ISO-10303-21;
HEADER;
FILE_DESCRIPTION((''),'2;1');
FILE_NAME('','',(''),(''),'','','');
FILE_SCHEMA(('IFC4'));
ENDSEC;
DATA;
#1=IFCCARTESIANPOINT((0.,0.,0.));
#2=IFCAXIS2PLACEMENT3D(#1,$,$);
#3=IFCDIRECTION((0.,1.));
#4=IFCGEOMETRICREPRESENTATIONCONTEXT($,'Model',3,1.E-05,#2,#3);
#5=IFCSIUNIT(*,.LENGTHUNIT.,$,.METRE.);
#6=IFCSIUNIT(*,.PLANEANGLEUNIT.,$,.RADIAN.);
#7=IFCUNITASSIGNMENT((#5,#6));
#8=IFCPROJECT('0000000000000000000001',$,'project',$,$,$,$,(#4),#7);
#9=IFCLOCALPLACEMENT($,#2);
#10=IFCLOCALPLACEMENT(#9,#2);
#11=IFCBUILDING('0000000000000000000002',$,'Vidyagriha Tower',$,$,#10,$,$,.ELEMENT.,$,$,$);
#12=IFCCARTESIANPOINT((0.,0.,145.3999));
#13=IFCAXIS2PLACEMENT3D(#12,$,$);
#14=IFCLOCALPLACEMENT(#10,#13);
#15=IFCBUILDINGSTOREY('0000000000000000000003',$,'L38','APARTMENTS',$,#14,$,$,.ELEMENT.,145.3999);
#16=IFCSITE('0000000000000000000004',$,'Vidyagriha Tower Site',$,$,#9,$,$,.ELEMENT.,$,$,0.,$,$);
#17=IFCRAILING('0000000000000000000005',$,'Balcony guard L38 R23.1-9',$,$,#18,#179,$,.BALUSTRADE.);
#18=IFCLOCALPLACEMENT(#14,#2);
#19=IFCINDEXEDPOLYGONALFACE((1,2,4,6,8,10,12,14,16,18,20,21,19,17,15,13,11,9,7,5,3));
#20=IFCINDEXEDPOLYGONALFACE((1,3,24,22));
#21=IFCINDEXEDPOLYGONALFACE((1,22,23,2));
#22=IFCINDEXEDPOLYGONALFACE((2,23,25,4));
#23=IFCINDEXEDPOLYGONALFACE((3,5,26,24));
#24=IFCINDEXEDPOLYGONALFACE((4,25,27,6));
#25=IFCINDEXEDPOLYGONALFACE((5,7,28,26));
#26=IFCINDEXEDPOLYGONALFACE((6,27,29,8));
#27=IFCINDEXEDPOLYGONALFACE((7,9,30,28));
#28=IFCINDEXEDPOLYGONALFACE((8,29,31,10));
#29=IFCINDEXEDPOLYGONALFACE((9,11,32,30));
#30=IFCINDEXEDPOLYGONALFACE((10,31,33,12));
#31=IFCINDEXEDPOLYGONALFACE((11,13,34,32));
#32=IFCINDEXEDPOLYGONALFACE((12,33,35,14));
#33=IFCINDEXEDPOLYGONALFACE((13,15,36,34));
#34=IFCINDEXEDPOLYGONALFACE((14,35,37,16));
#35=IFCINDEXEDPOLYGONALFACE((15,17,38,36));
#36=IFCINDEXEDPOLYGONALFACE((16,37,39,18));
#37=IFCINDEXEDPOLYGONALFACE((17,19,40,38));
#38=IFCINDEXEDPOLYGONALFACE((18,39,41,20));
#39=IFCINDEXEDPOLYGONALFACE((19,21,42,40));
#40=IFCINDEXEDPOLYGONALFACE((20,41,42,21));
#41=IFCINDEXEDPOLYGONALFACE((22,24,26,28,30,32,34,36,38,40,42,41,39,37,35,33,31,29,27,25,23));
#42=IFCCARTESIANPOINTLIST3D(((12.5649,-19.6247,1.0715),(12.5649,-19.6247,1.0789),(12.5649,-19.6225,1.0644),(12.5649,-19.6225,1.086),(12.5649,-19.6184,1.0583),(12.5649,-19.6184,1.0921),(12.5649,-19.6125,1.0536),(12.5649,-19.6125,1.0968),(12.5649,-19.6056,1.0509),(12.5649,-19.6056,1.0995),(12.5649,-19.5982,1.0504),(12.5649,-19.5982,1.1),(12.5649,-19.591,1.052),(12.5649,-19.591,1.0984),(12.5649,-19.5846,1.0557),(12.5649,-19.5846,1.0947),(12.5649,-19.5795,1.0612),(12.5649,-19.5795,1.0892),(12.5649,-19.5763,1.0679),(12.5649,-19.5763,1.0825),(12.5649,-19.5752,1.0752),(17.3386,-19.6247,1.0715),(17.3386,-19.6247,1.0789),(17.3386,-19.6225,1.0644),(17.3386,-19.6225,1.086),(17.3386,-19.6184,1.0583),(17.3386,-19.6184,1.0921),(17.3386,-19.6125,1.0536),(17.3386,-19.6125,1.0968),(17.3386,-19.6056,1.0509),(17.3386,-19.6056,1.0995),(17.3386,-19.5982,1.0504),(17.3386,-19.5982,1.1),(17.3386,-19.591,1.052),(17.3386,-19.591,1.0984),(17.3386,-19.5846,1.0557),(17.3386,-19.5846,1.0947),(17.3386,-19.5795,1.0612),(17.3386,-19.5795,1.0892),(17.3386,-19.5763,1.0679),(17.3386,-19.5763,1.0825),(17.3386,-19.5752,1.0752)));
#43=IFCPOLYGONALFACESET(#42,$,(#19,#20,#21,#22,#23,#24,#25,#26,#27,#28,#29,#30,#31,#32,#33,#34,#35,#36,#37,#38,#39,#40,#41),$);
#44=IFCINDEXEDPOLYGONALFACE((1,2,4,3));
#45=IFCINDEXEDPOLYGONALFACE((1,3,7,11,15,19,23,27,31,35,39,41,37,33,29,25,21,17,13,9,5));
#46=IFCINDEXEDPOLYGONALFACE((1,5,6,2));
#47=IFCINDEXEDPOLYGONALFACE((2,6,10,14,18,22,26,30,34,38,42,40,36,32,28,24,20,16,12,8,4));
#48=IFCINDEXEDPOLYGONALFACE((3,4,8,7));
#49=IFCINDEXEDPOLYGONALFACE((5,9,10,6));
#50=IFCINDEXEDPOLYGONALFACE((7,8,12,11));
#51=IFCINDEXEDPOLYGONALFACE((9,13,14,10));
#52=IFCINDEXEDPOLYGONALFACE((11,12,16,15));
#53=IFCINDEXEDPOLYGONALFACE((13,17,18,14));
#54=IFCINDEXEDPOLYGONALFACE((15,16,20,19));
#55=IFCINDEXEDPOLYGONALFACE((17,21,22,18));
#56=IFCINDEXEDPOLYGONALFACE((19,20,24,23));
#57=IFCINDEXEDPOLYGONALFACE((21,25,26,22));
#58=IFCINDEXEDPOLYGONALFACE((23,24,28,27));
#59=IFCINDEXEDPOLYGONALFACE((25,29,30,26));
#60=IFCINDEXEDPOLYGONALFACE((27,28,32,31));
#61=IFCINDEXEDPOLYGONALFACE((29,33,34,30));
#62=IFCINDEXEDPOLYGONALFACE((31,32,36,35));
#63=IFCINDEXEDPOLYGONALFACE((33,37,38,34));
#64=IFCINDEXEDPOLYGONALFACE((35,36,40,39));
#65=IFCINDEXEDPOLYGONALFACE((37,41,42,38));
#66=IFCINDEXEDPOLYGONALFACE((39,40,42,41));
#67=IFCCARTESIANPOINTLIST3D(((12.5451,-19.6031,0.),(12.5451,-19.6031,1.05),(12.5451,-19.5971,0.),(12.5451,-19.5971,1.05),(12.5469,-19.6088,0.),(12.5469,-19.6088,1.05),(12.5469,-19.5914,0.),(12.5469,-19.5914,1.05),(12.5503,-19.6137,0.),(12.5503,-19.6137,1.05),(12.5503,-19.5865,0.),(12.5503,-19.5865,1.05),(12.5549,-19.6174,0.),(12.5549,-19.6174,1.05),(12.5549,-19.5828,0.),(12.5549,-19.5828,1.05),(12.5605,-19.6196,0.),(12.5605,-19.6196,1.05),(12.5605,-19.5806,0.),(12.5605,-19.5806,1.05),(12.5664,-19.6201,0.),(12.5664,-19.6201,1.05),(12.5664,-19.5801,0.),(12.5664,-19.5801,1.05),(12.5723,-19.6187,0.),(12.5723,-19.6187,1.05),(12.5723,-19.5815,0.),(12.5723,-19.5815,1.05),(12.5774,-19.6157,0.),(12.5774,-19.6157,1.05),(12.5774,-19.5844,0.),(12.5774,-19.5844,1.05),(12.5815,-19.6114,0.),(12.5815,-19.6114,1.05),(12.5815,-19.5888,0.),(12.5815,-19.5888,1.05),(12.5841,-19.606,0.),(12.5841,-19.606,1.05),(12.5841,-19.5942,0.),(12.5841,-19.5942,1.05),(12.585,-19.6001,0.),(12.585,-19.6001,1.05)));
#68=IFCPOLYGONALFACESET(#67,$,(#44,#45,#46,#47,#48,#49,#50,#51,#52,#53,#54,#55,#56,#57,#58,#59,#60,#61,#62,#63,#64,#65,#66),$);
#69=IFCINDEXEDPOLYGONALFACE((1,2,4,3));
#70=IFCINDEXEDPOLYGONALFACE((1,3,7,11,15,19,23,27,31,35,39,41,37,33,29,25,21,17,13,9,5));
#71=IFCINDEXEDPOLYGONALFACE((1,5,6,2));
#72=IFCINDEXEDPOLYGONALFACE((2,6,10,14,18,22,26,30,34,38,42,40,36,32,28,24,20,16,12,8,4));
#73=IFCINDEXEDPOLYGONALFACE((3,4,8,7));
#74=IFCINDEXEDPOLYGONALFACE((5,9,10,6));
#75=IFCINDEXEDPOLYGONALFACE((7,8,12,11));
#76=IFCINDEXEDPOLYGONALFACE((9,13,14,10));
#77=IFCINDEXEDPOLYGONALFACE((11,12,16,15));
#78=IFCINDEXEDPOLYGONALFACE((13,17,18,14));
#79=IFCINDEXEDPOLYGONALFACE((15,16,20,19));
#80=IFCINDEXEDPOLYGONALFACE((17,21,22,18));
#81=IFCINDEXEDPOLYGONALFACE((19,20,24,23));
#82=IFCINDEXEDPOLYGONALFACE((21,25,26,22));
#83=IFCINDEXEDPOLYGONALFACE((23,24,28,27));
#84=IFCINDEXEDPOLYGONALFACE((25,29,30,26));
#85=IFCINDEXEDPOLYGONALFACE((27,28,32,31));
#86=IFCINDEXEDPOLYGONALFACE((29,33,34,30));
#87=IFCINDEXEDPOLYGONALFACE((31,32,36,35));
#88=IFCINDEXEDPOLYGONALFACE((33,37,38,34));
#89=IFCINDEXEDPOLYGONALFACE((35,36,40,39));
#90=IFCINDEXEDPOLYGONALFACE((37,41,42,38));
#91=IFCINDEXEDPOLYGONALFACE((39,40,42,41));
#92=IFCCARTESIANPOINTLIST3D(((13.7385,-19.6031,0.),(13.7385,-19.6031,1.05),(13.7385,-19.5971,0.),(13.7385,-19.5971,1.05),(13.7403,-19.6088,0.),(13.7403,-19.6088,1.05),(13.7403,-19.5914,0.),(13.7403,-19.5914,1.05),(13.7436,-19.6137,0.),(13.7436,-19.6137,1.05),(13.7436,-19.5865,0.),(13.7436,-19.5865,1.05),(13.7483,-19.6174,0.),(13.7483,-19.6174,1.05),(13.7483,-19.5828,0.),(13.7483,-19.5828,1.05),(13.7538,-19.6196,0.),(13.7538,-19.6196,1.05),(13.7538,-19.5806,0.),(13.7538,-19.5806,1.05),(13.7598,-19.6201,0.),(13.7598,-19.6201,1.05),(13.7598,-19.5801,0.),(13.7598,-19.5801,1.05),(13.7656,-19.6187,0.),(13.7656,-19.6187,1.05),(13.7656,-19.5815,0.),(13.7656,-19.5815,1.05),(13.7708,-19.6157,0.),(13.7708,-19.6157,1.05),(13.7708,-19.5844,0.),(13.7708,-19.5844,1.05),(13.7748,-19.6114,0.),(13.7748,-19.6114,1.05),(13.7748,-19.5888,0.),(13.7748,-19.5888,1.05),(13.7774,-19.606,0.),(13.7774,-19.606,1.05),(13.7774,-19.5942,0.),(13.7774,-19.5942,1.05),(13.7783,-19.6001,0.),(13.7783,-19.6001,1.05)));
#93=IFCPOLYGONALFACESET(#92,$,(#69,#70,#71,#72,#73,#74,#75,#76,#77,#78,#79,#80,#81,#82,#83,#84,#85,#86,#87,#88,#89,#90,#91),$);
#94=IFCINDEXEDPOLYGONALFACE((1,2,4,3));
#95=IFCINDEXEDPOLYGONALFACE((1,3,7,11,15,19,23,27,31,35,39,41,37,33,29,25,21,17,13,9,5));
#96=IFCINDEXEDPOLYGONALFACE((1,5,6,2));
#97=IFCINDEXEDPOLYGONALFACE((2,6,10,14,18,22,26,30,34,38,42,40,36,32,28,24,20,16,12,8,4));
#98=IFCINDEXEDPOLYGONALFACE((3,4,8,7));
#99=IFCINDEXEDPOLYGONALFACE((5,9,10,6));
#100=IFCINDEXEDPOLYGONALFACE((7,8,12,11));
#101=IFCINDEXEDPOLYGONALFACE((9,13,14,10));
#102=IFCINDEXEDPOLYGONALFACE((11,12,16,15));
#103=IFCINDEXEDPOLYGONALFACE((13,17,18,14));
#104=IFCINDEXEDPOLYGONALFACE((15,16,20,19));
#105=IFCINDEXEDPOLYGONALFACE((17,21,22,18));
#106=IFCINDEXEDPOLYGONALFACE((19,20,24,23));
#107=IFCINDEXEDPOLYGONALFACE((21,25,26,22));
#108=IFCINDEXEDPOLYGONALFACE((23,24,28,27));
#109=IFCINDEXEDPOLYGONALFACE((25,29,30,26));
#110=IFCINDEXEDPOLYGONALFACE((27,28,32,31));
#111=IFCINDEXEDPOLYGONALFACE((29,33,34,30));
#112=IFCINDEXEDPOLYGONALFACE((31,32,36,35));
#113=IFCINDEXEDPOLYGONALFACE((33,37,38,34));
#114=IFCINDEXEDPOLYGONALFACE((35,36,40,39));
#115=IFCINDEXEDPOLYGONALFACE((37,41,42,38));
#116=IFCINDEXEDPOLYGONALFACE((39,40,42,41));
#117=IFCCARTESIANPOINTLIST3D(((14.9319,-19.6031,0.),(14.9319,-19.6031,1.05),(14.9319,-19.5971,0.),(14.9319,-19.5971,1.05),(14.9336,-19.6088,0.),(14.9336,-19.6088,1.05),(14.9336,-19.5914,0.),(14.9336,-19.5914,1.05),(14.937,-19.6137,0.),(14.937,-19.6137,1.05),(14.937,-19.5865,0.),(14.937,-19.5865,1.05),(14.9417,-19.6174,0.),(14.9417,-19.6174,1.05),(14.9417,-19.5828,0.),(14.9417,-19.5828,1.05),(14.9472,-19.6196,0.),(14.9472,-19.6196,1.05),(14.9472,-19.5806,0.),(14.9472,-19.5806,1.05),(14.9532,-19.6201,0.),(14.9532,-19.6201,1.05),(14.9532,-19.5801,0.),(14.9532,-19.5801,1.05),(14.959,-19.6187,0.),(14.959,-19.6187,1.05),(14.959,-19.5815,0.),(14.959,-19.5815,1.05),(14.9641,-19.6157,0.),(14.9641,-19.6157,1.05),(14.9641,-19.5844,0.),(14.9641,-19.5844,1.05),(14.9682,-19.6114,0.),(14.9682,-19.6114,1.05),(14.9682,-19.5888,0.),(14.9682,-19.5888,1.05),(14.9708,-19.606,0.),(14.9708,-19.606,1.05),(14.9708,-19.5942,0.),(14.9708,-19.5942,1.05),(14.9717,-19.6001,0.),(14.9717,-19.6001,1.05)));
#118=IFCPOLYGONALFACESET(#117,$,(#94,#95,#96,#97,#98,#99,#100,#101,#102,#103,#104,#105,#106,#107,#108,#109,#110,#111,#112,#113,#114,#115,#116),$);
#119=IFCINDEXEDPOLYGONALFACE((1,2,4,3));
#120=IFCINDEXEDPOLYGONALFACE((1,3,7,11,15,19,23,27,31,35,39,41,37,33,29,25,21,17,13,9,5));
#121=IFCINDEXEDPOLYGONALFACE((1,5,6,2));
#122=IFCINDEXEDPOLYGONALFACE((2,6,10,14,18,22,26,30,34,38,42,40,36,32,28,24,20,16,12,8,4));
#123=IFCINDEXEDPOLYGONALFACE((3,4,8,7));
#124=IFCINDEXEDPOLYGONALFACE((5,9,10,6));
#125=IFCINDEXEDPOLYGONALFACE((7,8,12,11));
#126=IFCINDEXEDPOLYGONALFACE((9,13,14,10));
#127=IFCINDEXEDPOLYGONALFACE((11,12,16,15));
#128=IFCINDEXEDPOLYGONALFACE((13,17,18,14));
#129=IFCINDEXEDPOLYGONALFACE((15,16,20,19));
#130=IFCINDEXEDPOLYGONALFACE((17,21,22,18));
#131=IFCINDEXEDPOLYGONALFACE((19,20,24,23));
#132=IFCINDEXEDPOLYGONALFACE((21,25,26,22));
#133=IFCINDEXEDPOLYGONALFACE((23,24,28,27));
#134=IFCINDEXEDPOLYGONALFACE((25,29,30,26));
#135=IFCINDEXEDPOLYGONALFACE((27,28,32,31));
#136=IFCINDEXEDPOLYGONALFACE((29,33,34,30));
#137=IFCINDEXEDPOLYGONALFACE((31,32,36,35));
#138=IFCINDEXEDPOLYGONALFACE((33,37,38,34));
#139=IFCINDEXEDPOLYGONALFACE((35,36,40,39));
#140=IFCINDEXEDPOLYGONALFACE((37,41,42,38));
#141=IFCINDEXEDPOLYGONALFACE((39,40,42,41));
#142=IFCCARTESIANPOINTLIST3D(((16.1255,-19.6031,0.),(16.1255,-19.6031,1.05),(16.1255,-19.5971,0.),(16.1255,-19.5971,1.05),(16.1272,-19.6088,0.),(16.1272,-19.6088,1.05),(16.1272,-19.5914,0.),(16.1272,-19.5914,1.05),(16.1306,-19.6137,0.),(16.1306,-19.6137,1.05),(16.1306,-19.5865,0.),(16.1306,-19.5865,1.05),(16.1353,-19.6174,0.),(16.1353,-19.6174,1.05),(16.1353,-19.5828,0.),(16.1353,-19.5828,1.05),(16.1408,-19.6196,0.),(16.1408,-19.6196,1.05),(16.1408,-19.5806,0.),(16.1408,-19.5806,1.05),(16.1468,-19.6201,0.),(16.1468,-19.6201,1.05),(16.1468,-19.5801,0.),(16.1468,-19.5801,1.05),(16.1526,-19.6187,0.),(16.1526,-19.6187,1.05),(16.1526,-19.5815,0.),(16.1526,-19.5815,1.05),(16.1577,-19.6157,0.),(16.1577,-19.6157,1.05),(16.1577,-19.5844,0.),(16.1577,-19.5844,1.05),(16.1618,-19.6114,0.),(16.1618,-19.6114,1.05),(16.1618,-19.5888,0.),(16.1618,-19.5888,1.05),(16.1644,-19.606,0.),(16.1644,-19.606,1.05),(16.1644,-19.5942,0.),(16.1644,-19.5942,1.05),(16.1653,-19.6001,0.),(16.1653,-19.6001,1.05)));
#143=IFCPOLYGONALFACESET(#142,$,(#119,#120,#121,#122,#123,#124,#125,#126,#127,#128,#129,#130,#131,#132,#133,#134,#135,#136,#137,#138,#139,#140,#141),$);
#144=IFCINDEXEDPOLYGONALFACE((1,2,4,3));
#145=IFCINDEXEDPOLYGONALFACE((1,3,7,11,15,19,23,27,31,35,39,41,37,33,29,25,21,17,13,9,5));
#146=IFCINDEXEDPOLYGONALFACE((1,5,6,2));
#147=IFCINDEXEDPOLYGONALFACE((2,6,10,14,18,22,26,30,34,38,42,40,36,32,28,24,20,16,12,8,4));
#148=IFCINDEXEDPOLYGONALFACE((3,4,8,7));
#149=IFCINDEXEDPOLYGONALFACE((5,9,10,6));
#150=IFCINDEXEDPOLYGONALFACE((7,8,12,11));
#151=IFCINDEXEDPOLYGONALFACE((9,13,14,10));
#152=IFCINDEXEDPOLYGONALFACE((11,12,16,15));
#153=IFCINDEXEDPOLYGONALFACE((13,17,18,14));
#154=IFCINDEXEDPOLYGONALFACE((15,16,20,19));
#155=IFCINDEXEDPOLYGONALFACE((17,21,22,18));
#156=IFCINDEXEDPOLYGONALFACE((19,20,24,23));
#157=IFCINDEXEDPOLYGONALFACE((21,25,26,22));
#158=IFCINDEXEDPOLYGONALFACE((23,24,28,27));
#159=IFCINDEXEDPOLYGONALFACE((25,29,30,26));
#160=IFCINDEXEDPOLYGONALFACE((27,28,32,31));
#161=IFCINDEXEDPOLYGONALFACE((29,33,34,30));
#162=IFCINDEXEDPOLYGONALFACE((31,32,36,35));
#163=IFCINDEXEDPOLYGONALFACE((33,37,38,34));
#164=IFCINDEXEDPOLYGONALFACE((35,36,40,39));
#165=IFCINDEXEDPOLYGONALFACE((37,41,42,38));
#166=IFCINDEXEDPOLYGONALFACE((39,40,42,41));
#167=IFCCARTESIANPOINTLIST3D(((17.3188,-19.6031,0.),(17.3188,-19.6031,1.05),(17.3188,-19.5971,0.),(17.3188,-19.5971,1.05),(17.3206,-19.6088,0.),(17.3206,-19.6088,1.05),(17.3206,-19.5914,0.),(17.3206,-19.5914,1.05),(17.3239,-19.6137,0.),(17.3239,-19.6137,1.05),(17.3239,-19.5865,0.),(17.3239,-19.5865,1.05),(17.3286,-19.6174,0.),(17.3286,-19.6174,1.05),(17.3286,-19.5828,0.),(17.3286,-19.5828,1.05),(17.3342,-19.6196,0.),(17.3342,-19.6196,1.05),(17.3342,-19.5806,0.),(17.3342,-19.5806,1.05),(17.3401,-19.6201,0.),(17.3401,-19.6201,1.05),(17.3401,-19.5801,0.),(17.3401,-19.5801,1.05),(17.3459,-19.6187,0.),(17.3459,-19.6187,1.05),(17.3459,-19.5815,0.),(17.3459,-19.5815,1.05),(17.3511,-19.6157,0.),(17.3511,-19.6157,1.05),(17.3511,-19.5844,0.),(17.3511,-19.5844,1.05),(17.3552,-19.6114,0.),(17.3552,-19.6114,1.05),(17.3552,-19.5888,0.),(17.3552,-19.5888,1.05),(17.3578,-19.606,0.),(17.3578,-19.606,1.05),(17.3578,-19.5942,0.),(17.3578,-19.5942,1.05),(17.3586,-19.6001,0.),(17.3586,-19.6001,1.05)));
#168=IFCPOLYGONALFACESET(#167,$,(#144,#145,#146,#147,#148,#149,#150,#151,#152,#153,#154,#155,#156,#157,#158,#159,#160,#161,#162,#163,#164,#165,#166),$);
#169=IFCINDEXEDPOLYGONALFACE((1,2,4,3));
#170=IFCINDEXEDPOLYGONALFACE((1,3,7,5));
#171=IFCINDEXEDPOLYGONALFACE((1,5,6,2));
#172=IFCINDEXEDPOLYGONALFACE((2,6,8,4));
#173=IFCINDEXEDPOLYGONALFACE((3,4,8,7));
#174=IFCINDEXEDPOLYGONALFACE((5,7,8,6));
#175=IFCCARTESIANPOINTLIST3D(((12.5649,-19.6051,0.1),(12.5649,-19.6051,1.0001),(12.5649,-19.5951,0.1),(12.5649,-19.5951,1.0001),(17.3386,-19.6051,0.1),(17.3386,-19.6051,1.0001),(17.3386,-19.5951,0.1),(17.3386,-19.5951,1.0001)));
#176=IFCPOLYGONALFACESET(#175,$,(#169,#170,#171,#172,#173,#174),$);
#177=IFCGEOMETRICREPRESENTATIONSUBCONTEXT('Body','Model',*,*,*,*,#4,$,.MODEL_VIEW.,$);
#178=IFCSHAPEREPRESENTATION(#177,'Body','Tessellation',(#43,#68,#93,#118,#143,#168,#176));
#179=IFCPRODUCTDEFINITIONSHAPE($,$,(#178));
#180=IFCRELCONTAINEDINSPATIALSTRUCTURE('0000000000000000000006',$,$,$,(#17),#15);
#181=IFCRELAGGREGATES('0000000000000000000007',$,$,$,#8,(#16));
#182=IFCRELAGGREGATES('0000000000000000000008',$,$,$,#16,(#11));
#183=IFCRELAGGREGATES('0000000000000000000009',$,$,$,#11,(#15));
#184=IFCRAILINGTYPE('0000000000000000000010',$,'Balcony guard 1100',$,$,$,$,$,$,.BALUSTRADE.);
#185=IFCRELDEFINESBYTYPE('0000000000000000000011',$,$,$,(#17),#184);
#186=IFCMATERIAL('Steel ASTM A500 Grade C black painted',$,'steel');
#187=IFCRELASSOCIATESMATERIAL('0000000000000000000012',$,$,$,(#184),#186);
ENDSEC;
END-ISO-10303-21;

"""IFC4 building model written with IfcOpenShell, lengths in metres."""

from ifc_helpers import new_model, si_unit, direction, frame, origin, origin_2d, place, context, subcontext, project, spatial, rectangle, circle, extrude, material, type_object, element, save


model = new_model("IFC4")

# Units and contexts
model_context = context("Model", 3, precision=1e-05, world=origin(), true_north=direction((0.0, 1.0)))
body_context = subcontext(model_context, "Body", "Model", "MODEL_VIEW")
ifc_project = project(units=[si_unit("LENGTHUNIT", "METRE"), si_unit("PLANEANGLEUNIT", "RADIAN")], contexts=[model_context])

# Site, building, storey
site_placement = place(None, origin())
site = spatial("IfcSite", under=ifc_project, at=site_placement, Name="Vidyagriha Tower Site", CompositionType="ELEMENT", RefElevation=0.0)
building_placement = place(site_placement, origin())
building = spatial("IfcBuilding", under=site, at=building_placement, Name="Vidyagriha Tower", CompositionType="ELEMENT")
storey_placement = place(building_placement, frame((0.0, 0.0, 145.3999)))
storey = spatial("IfcBuildingStorey", under=building, at=storey_placement, Name="L38", Description="APARTMENTS", CompositionType="ELEMENT", Elevation=145.3999)

# Railing
ifc_material_1 = material(Name="Steel ASTM A500 Grade C black painted", Category="steel")
railing_type = type_object("IfcRailingType", Name="Balcony guard 1100", PredefinedType="BALUSTRADE", material=ifc_material_1)
railing_1_placement = place(storey_placement, frame((12.5649, -19.6001, 0.0)))
element("IfcRailing", 1, at=railing_1_placement, inside=storey, type_object=railing_type, Name="Balcony guard L38 R23.1-9", PredefinedType="BALUSTRADE", context=body_context, shape_type="SweptSolid", body=[
    extrude(circle(Radius=0.0249, at=origin_2d()), frame((0.0, 0.0, 1.0752), z_axis=(1.0, 0.0, 0.0), x_axis=(0.0, 1.0, 0.0)), (0.0, 0.0, 1.0), 4.7737),
    extrude(circle(Radius=0.02, at=origin_2d()), origin(), (0.0, 0.0, 1.0), 1.05),
    extrude(circle(Radius=0.02, at=origin_2d()), frame((1.1934, 0.0, 0.0)), (0.0, 0.0, 1.0), 1.05),
    extrude(circle(Radius=0.02, at=origin_2d()), frame((2.3867, 0.0, 0.0)), (0.0, 0.0, 1.0), 1.05),
    extrude(circle(Radius=0.02, at=origin_2d()), frame((3.5803, 0.0, 0.0)), (0.0, 0.0, 1.0), 1.05),
    extrude(circle(Radius=0.02, at=origin_2d()), frame((4.7737, 0.0, 0.0)), (0.0, 0.0, 1.0), 1.05),
    extrude(rectangle(XDim=0.01, YDim=0.9001, at=origin_2d()), frame((0.0, 0.0, 0.55), z_axis=(1.0, 0.0, 0.0), x_axis=(0.0, 1.0, 0.0)), (0.0, 0.0, 1.0), 4.7737),
])

save(model, "model.ifc")
